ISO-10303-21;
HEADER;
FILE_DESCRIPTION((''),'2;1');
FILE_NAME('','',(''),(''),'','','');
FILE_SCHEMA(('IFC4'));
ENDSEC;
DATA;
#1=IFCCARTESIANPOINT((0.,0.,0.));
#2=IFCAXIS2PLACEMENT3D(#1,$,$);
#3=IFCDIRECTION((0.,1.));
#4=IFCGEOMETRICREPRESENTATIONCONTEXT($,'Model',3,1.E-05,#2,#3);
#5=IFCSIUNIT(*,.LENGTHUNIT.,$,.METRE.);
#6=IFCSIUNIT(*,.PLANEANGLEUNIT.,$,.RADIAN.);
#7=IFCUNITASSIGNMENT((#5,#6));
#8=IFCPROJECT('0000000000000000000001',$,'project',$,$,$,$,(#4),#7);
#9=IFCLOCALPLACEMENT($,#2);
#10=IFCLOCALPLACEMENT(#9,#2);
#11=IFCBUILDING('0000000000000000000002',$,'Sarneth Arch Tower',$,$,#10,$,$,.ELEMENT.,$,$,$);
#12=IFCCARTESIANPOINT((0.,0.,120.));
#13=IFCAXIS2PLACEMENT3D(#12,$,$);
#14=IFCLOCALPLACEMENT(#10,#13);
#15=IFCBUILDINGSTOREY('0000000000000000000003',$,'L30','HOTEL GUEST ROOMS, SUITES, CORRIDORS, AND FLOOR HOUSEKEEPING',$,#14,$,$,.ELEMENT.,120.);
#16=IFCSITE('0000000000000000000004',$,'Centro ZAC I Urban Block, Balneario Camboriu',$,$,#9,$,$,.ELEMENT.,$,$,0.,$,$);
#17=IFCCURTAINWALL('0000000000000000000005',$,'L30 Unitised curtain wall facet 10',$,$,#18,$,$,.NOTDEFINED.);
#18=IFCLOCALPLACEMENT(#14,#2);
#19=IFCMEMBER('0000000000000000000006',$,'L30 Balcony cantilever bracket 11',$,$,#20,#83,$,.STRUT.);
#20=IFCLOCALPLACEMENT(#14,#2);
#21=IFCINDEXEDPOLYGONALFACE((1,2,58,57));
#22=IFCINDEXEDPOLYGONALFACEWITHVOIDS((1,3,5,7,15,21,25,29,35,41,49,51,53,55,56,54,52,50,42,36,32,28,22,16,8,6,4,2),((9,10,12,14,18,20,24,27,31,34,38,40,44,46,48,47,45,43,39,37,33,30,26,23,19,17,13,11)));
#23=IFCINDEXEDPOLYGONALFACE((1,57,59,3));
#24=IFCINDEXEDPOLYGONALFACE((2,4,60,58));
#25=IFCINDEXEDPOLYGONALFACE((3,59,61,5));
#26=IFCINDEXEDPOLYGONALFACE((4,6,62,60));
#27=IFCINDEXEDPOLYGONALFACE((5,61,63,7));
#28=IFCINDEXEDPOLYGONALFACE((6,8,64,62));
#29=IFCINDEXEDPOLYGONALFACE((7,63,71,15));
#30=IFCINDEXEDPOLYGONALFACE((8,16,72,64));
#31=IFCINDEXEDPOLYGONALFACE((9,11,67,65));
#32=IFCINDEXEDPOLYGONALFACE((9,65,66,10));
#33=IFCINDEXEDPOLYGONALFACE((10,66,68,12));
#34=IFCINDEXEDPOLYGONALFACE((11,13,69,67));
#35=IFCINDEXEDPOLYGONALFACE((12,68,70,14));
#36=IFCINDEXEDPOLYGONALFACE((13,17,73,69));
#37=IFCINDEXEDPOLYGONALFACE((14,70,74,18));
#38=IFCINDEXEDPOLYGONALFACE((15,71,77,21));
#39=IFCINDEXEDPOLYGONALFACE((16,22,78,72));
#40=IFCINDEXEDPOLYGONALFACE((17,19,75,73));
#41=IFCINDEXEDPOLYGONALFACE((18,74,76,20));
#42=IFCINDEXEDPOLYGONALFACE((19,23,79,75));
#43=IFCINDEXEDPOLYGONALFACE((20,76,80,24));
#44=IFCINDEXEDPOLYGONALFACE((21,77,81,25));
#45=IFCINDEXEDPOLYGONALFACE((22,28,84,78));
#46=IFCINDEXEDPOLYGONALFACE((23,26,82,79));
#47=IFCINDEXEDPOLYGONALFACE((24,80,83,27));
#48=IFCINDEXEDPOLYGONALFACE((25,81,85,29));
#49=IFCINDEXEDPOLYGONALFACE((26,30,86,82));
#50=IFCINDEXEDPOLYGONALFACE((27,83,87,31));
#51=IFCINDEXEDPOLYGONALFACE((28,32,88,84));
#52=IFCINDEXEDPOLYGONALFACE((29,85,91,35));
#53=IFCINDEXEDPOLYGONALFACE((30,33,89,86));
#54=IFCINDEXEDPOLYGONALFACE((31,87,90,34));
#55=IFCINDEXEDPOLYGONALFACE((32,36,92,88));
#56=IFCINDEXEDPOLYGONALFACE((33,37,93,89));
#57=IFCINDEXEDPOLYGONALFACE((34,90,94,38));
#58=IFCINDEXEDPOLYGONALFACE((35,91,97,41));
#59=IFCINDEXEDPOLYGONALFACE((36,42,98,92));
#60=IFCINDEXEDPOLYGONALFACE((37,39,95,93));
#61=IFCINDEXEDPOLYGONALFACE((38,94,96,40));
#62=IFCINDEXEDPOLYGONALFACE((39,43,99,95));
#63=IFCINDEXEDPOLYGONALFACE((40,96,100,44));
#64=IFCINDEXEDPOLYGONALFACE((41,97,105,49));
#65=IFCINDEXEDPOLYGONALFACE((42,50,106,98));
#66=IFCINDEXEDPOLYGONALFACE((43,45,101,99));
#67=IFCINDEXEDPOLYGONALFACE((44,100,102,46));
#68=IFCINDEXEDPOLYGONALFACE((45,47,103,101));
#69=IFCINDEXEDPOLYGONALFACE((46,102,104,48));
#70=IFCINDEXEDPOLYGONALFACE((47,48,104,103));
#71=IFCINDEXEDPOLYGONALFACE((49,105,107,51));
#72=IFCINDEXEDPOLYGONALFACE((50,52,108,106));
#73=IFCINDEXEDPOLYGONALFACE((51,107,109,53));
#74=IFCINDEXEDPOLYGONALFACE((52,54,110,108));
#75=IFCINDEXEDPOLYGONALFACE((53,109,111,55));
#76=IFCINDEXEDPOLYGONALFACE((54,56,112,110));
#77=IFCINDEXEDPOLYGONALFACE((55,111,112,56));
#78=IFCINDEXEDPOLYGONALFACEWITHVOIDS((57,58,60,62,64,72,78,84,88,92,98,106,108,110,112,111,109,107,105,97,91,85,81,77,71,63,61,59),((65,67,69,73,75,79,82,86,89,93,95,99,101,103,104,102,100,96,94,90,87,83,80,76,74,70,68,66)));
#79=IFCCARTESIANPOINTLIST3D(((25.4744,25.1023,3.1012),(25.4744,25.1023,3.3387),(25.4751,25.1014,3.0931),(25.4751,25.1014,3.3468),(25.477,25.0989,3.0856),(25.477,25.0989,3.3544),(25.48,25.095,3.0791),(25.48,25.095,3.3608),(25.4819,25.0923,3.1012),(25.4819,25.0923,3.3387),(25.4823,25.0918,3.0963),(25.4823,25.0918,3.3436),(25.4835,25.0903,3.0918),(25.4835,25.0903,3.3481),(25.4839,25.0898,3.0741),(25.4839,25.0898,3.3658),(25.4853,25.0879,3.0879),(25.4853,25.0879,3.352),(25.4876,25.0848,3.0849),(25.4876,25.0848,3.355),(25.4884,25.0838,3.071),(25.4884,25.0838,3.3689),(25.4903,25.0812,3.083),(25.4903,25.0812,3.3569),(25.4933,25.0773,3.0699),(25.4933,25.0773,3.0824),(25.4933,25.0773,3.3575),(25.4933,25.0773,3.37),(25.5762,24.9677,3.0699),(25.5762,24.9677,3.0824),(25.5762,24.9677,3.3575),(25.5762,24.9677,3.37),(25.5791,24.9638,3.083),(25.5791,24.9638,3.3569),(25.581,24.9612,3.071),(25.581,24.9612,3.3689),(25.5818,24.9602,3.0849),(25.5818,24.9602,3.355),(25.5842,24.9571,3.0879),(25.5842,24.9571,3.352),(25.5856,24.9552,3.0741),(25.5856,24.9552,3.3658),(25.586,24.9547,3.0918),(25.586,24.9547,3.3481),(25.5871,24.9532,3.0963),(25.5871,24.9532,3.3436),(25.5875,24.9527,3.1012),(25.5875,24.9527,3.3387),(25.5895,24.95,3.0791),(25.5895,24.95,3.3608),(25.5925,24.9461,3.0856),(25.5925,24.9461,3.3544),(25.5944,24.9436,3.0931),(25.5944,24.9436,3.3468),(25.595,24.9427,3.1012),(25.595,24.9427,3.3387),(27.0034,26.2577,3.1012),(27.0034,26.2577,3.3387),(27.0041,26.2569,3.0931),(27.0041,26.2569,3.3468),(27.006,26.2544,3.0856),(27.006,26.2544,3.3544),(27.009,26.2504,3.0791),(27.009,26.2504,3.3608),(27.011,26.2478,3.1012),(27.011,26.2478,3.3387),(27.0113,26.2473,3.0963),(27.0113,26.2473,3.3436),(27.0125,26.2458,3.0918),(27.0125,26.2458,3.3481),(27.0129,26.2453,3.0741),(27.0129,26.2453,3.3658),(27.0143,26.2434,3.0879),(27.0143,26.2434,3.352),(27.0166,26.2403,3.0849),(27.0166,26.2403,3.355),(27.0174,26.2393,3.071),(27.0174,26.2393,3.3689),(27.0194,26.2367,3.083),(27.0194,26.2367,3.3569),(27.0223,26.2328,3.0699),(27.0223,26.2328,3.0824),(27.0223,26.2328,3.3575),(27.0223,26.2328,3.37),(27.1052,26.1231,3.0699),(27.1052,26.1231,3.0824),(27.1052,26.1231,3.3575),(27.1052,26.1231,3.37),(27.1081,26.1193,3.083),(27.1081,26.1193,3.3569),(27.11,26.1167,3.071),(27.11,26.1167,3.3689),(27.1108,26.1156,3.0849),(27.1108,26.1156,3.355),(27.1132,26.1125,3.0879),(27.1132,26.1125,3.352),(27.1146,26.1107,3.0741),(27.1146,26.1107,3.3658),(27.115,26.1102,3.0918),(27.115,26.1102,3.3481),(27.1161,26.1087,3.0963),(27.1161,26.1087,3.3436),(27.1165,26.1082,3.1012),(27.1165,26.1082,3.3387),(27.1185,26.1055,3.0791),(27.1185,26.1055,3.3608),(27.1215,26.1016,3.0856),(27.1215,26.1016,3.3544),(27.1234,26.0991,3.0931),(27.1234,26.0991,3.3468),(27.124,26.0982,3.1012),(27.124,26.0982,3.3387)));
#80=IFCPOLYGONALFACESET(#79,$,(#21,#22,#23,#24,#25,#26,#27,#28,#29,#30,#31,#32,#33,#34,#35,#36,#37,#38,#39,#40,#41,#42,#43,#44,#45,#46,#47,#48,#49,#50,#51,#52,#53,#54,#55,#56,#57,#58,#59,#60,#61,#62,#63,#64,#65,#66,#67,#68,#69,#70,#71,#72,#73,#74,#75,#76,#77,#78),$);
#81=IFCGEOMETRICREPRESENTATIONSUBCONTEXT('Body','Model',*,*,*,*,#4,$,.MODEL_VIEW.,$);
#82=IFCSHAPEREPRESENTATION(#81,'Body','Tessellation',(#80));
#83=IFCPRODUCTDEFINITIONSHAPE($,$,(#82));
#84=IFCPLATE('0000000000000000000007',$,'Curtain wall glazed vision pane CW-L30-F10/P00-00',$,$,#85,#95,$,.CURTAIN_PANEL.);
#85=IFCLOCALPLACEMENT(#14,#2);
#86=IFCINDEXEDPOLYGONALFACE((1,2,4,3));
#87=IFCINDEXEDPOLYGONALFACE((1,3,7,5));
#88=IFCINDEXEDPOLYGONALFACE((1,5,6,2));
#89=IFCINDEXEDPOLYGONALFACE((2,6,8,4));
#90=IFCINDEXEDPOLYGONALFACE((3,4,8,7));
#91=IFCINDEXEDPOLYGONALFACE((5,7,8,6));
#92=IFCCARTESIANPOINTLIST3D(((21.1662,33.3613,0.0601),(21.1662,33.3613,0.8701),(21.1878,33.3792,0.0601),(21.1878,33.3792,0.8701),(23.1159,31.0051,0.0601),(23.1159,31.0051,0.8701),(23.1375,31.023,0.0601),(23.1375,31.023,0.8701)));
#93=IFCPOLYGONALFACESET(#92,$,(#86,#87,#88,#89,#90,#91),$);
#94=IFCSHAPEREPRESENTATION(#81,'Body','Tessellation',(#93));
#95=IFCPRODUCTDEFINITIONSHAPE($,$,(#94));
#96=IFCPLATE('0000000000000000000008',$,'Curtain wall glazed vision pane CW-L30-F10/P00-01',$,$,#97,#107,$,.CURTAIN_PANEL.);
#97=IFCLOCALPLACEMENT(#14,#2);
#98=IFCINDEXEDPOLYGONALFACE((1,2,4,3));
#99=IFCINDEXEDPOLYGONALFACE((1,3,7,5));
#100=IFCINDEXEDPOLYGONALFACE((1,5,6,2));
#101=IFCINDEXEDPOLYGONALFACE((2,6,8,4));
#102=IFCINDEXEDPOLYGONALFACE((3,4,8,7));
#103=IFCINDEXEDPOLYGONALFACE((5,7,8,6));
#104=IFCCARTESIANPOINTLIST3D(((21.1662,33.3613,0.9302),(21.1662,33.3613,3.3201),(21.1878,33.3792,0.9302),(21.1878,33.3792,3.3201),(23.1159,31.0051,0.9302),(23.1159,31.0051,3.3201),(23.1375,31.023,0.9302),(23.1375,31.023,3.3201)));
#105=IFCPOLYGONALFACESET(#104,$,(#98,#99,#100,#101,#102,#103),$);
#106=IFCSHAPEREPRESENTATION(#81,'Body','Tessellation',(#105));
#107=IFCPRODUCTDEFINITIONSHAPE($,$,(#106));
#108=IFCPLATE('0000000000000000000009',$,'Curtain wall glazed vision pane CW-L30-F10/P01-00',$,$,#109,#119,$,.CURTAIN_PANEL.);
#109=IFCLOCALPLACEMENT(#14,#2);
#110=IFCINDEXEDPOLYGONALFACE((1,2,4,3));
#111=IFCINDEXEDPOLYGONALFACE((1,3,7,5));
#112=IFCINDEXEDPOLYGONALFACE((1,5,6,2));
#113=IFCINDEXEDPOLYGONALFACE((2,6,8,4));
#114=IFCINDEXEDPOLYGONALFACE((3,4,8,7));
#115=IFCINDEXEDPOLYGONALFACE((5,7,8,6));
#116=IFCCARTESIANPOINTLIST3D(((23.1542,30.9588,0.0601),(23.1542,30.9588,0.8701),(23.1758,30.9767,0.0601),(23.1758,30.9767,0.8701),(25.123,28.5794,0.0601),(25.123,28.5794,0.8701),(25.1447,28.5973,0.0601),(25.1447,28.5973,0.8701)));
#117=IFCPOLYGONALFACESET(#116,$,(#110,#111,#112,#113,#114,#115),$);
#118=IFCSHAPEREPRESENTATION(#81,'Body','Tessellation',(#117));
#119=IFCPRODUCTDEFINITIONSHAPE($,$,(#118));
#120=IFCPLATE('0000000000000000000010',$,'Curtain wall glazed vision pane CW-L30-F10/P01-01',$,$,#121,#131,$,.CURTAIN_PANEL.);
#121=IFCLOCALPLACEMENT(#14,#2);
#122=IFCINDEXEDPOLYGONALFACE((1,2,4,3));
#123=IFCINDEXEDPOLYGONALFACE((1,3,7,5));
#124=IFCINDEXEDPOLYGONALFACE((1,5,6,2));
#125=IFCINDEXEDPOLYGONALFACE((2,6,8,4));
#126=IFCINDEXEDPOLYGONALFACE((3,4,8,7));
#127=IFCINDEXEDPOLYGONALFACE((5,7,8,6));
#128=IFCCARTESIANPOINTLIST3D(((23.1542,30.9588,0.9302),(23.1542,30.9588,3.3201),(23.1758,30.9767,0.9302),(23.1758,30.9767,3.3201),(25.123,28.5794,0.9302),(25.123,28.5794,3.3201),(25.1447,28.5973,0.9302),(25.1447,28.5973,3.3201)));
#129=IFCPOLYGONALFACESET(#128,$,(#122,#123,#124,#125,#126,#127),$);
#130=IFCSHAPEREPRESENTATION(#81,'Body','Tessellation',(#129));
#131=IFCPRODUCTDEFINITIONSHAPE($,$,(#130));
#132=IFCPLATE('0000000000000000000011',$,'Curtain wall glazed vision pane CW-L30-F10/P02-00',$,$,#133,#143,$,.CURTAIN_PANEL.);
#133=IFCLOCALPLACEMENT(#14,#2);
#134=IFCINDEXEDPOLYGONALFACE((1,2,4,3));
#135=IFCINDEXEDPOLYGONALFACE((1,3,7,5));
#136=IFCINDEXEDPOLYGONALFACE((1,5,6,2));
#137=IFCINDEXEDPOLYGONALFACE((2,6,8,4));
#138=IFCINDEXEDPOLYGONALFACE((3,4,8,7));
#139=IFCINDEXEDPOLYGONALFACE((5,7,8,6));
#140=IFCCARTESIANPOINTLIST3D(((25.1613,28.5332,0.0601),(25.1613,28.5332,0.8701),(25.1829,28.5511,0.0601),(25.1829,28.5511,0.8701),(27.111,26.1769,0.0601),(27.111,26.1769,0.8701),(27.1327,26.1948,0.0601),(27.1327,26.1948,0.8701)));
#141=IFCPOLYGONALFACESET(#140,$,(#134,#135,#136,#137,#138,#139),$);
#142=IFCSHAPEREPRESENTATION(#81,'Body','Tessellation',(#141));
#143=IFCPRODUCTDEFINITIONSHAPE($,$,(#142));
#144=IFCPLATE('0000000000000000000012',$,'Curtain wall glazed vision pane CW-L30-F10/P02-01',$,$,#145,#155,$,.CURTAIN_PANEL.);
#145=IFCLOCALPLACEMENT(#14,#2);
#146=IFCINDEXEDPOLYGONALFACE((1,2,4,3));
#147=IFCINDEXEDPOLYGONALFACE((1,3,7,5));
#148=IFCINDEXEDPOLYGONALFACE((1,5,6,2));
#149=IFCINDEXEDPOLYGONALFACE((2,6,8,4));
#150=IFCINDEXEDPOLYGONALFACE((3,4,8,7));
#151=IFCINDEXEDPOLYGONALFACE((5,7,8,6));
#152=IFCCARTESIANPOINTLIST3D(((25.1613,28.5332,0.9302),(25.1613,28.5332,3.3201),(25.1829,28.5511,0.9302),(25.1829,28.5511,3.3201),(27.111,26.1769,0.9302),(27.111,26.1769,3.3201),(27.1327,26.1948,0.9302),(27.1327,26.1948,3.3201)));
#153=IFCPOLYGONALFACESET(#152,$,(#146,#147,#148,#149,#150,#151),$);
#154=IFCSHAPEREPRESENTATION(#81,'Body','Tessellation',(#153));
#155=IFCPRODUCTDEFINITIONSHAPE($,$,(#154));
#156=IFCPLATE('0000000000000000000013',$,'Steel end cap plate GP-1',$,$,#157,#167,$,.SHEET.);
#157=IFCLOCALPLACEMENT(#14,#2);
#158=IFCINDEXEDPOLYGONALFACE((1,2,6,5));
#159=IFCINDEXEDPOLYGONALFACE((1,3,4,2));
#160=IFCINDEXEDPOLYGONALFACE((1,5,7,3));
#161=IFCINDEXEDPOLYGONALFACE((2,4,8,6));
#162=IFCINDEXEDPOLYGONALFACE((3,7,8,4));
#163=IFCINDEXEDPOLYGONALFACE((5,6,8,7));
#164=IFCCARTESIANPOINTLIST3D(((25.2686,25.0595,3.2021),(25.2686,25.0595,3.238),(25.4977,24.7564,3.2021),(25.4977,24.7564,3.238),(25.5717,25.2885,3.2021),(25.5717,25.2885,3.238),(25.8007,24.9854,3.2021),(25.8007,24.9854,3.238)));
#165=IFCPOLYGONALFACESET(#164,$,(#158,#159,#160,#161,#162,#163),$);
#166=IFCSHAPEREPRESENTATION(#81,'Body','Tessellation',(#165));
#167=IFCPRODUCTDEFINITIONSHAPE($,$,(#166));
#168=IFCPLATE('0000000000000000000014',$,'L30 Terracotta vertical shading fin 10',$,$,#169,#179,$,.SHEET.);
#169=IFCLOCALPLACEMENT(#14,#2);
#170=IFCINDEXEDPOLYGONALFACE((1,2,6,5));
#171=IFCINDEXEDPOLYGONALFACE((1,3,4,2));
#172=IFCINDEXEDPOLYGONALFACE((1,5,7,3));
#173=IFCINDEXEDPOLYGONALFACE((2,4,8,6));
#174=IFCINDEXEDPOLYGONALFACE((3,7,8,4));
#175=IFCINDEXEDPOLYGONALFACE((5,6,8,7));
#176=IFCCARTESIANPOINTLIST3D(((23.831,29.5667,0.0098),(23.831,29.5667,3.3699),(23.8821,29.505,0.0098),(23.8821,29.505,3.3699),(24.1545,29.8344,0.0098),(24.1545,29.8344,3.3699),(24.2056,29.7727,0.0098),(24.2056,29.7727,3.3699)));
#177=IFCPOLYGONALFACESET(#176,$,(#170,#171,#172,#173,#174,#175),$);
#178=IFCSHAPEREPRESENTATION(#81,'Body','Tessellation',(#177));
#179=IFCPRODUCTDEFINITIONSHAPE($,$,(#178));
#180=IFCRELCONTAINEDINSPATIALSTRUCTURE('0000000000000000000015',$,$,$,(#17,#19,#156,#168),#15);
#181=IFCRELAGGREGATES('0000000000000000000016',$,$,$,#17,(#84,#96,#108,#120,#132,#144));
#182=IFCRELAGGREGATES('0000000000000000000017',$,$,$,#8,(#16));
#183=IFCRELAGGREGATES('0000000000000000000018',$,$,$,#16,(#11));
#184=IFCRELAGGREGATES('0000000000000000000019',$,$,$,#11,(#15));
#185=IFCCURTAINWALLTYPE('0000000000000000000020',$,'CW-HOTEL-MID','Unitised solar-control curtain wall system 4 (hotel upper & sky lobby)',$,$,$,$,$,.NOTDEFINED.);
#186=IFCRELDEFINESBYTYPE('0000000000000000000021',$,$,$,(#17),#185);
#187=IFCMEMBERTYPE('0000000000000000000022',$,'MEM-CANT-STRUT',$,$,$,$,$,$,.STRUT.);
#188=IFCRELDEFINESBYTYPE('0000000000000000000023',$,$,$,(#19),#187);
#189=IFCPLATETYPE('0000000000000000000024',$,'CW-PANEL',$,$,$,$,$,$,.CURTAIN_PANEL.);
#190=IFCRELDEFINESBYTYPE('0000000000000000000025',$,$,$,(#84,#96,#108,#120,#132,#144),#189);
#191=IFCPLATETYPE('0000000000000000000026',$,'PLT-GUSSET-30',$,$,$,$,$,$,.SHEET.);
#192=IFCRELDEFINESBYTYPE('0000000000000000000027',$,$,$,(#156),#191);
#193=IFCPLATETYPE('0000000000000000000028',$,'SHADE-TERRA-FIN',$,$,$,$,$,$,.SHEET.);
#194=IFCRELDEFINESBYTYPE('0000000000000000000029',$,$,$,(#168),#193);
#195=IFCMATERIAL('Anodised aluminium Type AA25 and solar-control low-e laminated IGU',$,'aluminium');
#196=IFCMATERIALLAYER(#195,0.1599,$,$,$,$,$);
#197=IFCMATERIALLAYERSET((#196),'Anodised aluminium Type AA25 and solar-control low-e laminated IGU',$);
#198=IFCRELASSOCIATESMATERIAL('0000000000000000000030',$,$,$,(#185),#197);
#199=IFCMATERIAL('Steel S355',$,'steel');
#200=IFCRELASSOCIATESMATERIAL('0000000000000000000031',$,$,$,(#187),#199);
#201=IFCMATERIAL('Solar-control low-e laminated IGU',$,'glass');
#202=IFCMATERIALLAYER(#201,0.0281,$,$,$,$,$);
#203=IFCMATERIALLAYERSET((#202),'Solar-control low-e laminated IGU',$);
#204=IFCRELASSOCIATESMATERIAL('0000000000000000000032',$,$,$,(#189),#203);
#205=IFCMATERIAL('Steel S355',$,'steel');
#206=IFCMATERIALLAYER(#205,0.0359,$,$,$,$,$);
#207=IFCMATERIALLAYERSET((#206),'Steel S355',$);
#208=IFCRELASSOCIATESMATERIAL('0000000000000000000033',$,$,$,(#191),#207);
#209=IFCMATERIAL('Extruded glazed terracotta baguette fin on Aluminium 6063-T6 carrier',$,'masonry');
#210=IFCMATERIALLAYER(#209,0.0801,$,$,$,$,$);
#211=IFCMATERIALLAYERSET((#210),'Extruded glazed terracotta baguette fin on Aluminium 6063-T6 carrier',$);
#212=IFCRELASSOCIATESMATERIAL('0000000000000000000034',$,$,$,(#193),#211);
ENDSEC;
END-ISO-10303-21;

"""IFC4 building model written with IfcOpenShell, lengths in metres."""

from ifc_helpers import new_model, si_unit, direction, frame, origin, origin_2d, place, context, subcontext, project, spatial, rectangle, hollow_rectangle, extrude, material, layer, layer_set, material_profile, profile_set, type_object, element, aggregate, save


model = new_model("IFC4")

# Units and contexts
model_context = context("Model", 3, precision=1e-05, world=origin(), true_north=direction((0.0, 1.0)))
body_context = subcontext(model_context, "Body", "Model", "MODEL_VIEW")
ifc_project = project(units=[si_unit("LENGTHUNIT", "METRE"), si_unit("PLANEANGLEUNIT", "RADIAN")], contexts=[model_context])

# Site, building, storey
site_placement = place(None, origin())
site = spatial("IfcSite", under=ifc_project, at=site_placement, Name="Centro ZAC I Urban Block, Balneario Camboriu", CompositionType="ELEMENT", RefElevation=0.0)
building_placement = place(site_placement, origin())
building = spatial("IfcBuilding", under=site, at=building_placement, Name="Sarneth Arch Tower", CompositionType="ELEMENT")
storey_placement = place(building_placement, frame((0.0, 0.0, 120.0)))
storey = spatial("IfcBuildingStorey", under=building, at=storey_placement, Name="L30", Description="HOTEL GUEST ROOMS, SUITES, CORRIDORS, AND FLOOR HOUSEKEEPING", CompositionType="ELEMENT", Elevation=120.0)

# Curtain wall
ifc_material_1 = material(Name="Anodised aluminium Type AA25 and solar-control low-e laminated IGU", Category="aluminium")
ifc_layer_1 = layer(ifc_material_1, 0.1599)
ifc_layer_set_1 = layer_set([ifc_layer_1], Name="Anodised aluminium Type AA25 and solar-control low-e laminated IGU")
curtain_wall_type = type_object("IfcCurtainWallType", Name="CW-HOTEL-MID", Description="Unitised solar-control curtain wall system 4 (hotel upper & sky lobby)", PredefinedType="NOTDEFINED", material=ifc_layer_set_1)
curtain_wall_placement = place(storey_placement, origin())
curtain_wall = element("IfcCurtainWall", 1, at=curtain_wall_placement, inside=storey, type_object=curtain_wall_type, Name="L30 Unitised curtain wall facet 10", PredefinedType="NOTDEFINED")

# Member
ifc_material_2 = material(Name="Steel S355", Category="steel")
ifc_material_profile_1 = material_profile(ifc_material_2, hollow_rectangle(XDim=0.2, YDim=0.3, WallThickness=0.0125, InnerFilletRadius=0.0188, OuterFilletRadius=0.0312, at=origin_2d()), Name="RHS300x200x12.5")
ifc_profile_set_1 = profile_set([ifc_material_profile_1], Name="Steel S355")
member_type_1 = type_object("IfcMemberType", Name="MEM-CANT-STRUT", PredefinedType="STRUT", material=ifc_profile_set_1)
member_1_placement = place(storey_placement, frame((27.0637, 26.178, 3.22), z_axis=(-0.797809, -0.602911, 0.0), x_axis=(0.602911, -0.797809, 0.0)))
element("IfcMember", 2, at=member_1_placement, inside=storey, type_object=member_type_1, Name="L30 Balcony cantilever bracket 11", PredefinedType="STRUT", context=body_context, shape_type="SweptSolid", body=[
    extrude(hollow_rectangle(XDim=0.2, YDim=0.3, WallThickness=0.0125, InnerFilletRadius=0.0188, OuterFilletRadius=0.0312, at=origin_2d()), origin(), (0.0, 0.0, 1.0), 1.9165),
])

# Plates
ifc_material_3 = material(Name="Solar-control low-e laminated IGU", Category="glass")
ifc_layer_2 = layer(ifc_material_3, 0.0281)
ifc_layer_set_2 = layer_set([ifc_layer_2], Name="Solar-control low-e laminated IGU")
plate_type_1 = type_object("IfcPlateType", Name="CW-PANEL", PredefinedType="CURTAIN_PANEL", material=ifc_layer_set_2)
plate_1_placement = place(storey_placement, frame((22.1519, 32.1921, 0.0601), z_axis=(0.0, 0.0, 1.0), x_axis=(0.637515, -0.770438, 0.0)))
plate_1 = element("IfcPlate", 3, at=plate_1_placement, type_object=plate_type_1, Name="Curtain wall glazed vision pane CW-L30-F10/P00-00", PredefinedType="CURTAIN_PANEL", context=body_context, shape_type="SweptSolid", body=[
    extrude(rectangle(XDim=3.0583, YDim=0.0281, at=origin_2d()), origin(), (0.0, 0.0, 1.0), 0.8101),
])
plate_2_placement = place(storey_placement, frame((22.1519, 32.1921, 0.9302), z_axis=(0.0, 0.0, 1.0), x_axis=(0.637515, -0.770438, 0.0)))
plate_2 = element("IfcPlate", 4, at=plate_2_placement, type_object=plate_type_1, Name="Curtain wall glazed vision pane CW-L30-F10/P00-01", PredefinedType="CURTAIN_PANEL", context=body_context, shape_type="SweptSolid", body=[
    extrude(rectangle(XDim=3.0583, YDim=0.0281, at=origin_2d()), origin(), (0.0, 0.0, 1.0), 2.3899),
])
plate_3_placement = place(storey_placement, frame((24.1494, 29.7781, 0.0601), z_axis=(0.0, 0.0, 1.0), x_axis=(0.637515, -0.770438, 0.0)))
plate_3 = element("IfcPlate", 5, at=plate_3_placement, type_object=plate_type_1, Name="Curtain wall glazed vision pane CW-L30-F10/P01-00", PredefinedType="CURTAIN_PANEL", context=body_context, shape_type="SweptSolid", body=[
    extrude(rectangle(XDim=3.0884, YDim=0.0281, at=origin_2d()), origin(), (0.0, 0.0, 1.0), 0.8101),
])
plate_4_placement = place(storey_placement, frame((24.1494, 29.7781, 0.9302), z_axis=(0.0, 0.0, 1.0), x_axis=(0.637515, -0.770438, 0.0)))
plate_4 = element("IfcPlate", 6, at=plate_4_placement, type_object=plate_type_1, Name="Curtain wall glazed vision pane CW-L30-F10/P01-01", PredefinedType="CURTAIN_PANEL", context=body_context, shape_type="SweptSolid", body=[
    extrude(rectangle(XDim=3.0884, YDim=0.0281, at=origin_2d()), origin(), (0.0, 0.0, 1.0), 2.3899),
])
plate_5_placement = place(storey_placement, frame((26.147, 27.364, 0.0601), z_axis=(0.0, 0.0, 1.0), x_axis=(0.637515, -0.770438, 0.0)))
plate_5 = element("IfcPlate", 7, at=plate_5_placement, type_object=plate_type_1, Name="Curtain wall glazed vision pane CW-L30-F10/P02-00", PredefinedType="CURTAIN_PANEL", context=body_context, shape_type="SweptSolid", body=[
    extrude(rectangle(XDim=3.0583, YDim=0.0281, at=origin_2d()), origin(), (0.0, 0.0, 1.0), 0.8101),
])
plate_6_placement = place(storey_placement, frame((26.147, 27.364, 0.9302), z_axis=(0.0, 0.0, 1.0), x_axis=(0.637515, -0.770438, 0.0)))
plate_6 = element("IfcPlate", 8, at=plate_6_placement, type_object=plate_type_1, Name="Curtain wall glazed vision pane CW-L30-F10/P02-01", PredefinedType="CURTAIN_PANEL", context=body_context, shape_type="SweptSolid", body=[
    extrude(rectangle(XDim=3.0583, YDim=0.0281, at=origin_2d()), origin(), (0.0, 0.0, 1.0), 2.3899),
])
aggregate(curtain_wall, [plate_1, plate_2, plate_3, plate_4, plate_5, plate_6])

# Plates
ifc_material_4 = material(Name="Steel S355", Category="steel")
ifc_layer_3 = layer(ifc_material_4, 0.0359)
ifc_layer_set_3 = layer_set([ifc_layer_3], Name="Steel S355")
plate_type_2 = type_object("IfcPlateType", Name="PLT-GUSSET-30", PredefinedType="SHEET", material=ifc_layer_set_3)
plate_7_placement = place(storey_placement, frame((25.5347, 25.0225, 3.2021), z_axis=(0.0, 0.0, 1.0), x_axis=(-0.797794, -0.60293, 0.0)))
element("IfcPlate", 9, at=plate_7_placement, inside=storey, type_object=plate_type_2, Name="Steel end cap plate GP-1", PredefinedType="SHEET", context=body_context, shape_type="SweptSolid", body=[
    extrude(rectangle(XDim=0.3799, YDim=0.3799, at=origin_2d()), origin(), (0.0, 0.0, 1.0), 0.0359),
])
ifc_material_5 = material(Name="Extruded glazed terracotta baguette fin on Aluminium 6063-T6 carrier", Category="masonry")
ifc_layer_4 = layer(ifc_material_5, 0.0801)
ifc_layer_set_4 = layer_set([ifc_layer_4], Name="Extruded glazed terracotta baguette fin on Aluminium 6063-T6 carrier")
plate_type_3 = type_object("IfcPlateType", Name="SHADE-TERRA-FIN", PredefinedType="SHEET", material=ifc_layer_set_4)
plate_8_placement = place(storey_placement, frame((24.0183, 29.6697, 0.0098), z_axis=(0.0, 0.0, 1.0), x_axis=(-0.770402, -0.637558, 0.0)))
element("IfcPlate", 10, at=plate_8_placement, inside=storey, type_object=plate_type_3, Name="L30 Terracotta vertical shading fin 10", PredefinedType="SHEET", context=body_context, shape_type="SweptSolid", body=[
    extrude(rectangle(XDim=0.4199, YDim=0.0801, at=origin_2d()), origin(), (0.0, 0.0, 1.0), 3.3601),
])

save(model, "model.ifc")
